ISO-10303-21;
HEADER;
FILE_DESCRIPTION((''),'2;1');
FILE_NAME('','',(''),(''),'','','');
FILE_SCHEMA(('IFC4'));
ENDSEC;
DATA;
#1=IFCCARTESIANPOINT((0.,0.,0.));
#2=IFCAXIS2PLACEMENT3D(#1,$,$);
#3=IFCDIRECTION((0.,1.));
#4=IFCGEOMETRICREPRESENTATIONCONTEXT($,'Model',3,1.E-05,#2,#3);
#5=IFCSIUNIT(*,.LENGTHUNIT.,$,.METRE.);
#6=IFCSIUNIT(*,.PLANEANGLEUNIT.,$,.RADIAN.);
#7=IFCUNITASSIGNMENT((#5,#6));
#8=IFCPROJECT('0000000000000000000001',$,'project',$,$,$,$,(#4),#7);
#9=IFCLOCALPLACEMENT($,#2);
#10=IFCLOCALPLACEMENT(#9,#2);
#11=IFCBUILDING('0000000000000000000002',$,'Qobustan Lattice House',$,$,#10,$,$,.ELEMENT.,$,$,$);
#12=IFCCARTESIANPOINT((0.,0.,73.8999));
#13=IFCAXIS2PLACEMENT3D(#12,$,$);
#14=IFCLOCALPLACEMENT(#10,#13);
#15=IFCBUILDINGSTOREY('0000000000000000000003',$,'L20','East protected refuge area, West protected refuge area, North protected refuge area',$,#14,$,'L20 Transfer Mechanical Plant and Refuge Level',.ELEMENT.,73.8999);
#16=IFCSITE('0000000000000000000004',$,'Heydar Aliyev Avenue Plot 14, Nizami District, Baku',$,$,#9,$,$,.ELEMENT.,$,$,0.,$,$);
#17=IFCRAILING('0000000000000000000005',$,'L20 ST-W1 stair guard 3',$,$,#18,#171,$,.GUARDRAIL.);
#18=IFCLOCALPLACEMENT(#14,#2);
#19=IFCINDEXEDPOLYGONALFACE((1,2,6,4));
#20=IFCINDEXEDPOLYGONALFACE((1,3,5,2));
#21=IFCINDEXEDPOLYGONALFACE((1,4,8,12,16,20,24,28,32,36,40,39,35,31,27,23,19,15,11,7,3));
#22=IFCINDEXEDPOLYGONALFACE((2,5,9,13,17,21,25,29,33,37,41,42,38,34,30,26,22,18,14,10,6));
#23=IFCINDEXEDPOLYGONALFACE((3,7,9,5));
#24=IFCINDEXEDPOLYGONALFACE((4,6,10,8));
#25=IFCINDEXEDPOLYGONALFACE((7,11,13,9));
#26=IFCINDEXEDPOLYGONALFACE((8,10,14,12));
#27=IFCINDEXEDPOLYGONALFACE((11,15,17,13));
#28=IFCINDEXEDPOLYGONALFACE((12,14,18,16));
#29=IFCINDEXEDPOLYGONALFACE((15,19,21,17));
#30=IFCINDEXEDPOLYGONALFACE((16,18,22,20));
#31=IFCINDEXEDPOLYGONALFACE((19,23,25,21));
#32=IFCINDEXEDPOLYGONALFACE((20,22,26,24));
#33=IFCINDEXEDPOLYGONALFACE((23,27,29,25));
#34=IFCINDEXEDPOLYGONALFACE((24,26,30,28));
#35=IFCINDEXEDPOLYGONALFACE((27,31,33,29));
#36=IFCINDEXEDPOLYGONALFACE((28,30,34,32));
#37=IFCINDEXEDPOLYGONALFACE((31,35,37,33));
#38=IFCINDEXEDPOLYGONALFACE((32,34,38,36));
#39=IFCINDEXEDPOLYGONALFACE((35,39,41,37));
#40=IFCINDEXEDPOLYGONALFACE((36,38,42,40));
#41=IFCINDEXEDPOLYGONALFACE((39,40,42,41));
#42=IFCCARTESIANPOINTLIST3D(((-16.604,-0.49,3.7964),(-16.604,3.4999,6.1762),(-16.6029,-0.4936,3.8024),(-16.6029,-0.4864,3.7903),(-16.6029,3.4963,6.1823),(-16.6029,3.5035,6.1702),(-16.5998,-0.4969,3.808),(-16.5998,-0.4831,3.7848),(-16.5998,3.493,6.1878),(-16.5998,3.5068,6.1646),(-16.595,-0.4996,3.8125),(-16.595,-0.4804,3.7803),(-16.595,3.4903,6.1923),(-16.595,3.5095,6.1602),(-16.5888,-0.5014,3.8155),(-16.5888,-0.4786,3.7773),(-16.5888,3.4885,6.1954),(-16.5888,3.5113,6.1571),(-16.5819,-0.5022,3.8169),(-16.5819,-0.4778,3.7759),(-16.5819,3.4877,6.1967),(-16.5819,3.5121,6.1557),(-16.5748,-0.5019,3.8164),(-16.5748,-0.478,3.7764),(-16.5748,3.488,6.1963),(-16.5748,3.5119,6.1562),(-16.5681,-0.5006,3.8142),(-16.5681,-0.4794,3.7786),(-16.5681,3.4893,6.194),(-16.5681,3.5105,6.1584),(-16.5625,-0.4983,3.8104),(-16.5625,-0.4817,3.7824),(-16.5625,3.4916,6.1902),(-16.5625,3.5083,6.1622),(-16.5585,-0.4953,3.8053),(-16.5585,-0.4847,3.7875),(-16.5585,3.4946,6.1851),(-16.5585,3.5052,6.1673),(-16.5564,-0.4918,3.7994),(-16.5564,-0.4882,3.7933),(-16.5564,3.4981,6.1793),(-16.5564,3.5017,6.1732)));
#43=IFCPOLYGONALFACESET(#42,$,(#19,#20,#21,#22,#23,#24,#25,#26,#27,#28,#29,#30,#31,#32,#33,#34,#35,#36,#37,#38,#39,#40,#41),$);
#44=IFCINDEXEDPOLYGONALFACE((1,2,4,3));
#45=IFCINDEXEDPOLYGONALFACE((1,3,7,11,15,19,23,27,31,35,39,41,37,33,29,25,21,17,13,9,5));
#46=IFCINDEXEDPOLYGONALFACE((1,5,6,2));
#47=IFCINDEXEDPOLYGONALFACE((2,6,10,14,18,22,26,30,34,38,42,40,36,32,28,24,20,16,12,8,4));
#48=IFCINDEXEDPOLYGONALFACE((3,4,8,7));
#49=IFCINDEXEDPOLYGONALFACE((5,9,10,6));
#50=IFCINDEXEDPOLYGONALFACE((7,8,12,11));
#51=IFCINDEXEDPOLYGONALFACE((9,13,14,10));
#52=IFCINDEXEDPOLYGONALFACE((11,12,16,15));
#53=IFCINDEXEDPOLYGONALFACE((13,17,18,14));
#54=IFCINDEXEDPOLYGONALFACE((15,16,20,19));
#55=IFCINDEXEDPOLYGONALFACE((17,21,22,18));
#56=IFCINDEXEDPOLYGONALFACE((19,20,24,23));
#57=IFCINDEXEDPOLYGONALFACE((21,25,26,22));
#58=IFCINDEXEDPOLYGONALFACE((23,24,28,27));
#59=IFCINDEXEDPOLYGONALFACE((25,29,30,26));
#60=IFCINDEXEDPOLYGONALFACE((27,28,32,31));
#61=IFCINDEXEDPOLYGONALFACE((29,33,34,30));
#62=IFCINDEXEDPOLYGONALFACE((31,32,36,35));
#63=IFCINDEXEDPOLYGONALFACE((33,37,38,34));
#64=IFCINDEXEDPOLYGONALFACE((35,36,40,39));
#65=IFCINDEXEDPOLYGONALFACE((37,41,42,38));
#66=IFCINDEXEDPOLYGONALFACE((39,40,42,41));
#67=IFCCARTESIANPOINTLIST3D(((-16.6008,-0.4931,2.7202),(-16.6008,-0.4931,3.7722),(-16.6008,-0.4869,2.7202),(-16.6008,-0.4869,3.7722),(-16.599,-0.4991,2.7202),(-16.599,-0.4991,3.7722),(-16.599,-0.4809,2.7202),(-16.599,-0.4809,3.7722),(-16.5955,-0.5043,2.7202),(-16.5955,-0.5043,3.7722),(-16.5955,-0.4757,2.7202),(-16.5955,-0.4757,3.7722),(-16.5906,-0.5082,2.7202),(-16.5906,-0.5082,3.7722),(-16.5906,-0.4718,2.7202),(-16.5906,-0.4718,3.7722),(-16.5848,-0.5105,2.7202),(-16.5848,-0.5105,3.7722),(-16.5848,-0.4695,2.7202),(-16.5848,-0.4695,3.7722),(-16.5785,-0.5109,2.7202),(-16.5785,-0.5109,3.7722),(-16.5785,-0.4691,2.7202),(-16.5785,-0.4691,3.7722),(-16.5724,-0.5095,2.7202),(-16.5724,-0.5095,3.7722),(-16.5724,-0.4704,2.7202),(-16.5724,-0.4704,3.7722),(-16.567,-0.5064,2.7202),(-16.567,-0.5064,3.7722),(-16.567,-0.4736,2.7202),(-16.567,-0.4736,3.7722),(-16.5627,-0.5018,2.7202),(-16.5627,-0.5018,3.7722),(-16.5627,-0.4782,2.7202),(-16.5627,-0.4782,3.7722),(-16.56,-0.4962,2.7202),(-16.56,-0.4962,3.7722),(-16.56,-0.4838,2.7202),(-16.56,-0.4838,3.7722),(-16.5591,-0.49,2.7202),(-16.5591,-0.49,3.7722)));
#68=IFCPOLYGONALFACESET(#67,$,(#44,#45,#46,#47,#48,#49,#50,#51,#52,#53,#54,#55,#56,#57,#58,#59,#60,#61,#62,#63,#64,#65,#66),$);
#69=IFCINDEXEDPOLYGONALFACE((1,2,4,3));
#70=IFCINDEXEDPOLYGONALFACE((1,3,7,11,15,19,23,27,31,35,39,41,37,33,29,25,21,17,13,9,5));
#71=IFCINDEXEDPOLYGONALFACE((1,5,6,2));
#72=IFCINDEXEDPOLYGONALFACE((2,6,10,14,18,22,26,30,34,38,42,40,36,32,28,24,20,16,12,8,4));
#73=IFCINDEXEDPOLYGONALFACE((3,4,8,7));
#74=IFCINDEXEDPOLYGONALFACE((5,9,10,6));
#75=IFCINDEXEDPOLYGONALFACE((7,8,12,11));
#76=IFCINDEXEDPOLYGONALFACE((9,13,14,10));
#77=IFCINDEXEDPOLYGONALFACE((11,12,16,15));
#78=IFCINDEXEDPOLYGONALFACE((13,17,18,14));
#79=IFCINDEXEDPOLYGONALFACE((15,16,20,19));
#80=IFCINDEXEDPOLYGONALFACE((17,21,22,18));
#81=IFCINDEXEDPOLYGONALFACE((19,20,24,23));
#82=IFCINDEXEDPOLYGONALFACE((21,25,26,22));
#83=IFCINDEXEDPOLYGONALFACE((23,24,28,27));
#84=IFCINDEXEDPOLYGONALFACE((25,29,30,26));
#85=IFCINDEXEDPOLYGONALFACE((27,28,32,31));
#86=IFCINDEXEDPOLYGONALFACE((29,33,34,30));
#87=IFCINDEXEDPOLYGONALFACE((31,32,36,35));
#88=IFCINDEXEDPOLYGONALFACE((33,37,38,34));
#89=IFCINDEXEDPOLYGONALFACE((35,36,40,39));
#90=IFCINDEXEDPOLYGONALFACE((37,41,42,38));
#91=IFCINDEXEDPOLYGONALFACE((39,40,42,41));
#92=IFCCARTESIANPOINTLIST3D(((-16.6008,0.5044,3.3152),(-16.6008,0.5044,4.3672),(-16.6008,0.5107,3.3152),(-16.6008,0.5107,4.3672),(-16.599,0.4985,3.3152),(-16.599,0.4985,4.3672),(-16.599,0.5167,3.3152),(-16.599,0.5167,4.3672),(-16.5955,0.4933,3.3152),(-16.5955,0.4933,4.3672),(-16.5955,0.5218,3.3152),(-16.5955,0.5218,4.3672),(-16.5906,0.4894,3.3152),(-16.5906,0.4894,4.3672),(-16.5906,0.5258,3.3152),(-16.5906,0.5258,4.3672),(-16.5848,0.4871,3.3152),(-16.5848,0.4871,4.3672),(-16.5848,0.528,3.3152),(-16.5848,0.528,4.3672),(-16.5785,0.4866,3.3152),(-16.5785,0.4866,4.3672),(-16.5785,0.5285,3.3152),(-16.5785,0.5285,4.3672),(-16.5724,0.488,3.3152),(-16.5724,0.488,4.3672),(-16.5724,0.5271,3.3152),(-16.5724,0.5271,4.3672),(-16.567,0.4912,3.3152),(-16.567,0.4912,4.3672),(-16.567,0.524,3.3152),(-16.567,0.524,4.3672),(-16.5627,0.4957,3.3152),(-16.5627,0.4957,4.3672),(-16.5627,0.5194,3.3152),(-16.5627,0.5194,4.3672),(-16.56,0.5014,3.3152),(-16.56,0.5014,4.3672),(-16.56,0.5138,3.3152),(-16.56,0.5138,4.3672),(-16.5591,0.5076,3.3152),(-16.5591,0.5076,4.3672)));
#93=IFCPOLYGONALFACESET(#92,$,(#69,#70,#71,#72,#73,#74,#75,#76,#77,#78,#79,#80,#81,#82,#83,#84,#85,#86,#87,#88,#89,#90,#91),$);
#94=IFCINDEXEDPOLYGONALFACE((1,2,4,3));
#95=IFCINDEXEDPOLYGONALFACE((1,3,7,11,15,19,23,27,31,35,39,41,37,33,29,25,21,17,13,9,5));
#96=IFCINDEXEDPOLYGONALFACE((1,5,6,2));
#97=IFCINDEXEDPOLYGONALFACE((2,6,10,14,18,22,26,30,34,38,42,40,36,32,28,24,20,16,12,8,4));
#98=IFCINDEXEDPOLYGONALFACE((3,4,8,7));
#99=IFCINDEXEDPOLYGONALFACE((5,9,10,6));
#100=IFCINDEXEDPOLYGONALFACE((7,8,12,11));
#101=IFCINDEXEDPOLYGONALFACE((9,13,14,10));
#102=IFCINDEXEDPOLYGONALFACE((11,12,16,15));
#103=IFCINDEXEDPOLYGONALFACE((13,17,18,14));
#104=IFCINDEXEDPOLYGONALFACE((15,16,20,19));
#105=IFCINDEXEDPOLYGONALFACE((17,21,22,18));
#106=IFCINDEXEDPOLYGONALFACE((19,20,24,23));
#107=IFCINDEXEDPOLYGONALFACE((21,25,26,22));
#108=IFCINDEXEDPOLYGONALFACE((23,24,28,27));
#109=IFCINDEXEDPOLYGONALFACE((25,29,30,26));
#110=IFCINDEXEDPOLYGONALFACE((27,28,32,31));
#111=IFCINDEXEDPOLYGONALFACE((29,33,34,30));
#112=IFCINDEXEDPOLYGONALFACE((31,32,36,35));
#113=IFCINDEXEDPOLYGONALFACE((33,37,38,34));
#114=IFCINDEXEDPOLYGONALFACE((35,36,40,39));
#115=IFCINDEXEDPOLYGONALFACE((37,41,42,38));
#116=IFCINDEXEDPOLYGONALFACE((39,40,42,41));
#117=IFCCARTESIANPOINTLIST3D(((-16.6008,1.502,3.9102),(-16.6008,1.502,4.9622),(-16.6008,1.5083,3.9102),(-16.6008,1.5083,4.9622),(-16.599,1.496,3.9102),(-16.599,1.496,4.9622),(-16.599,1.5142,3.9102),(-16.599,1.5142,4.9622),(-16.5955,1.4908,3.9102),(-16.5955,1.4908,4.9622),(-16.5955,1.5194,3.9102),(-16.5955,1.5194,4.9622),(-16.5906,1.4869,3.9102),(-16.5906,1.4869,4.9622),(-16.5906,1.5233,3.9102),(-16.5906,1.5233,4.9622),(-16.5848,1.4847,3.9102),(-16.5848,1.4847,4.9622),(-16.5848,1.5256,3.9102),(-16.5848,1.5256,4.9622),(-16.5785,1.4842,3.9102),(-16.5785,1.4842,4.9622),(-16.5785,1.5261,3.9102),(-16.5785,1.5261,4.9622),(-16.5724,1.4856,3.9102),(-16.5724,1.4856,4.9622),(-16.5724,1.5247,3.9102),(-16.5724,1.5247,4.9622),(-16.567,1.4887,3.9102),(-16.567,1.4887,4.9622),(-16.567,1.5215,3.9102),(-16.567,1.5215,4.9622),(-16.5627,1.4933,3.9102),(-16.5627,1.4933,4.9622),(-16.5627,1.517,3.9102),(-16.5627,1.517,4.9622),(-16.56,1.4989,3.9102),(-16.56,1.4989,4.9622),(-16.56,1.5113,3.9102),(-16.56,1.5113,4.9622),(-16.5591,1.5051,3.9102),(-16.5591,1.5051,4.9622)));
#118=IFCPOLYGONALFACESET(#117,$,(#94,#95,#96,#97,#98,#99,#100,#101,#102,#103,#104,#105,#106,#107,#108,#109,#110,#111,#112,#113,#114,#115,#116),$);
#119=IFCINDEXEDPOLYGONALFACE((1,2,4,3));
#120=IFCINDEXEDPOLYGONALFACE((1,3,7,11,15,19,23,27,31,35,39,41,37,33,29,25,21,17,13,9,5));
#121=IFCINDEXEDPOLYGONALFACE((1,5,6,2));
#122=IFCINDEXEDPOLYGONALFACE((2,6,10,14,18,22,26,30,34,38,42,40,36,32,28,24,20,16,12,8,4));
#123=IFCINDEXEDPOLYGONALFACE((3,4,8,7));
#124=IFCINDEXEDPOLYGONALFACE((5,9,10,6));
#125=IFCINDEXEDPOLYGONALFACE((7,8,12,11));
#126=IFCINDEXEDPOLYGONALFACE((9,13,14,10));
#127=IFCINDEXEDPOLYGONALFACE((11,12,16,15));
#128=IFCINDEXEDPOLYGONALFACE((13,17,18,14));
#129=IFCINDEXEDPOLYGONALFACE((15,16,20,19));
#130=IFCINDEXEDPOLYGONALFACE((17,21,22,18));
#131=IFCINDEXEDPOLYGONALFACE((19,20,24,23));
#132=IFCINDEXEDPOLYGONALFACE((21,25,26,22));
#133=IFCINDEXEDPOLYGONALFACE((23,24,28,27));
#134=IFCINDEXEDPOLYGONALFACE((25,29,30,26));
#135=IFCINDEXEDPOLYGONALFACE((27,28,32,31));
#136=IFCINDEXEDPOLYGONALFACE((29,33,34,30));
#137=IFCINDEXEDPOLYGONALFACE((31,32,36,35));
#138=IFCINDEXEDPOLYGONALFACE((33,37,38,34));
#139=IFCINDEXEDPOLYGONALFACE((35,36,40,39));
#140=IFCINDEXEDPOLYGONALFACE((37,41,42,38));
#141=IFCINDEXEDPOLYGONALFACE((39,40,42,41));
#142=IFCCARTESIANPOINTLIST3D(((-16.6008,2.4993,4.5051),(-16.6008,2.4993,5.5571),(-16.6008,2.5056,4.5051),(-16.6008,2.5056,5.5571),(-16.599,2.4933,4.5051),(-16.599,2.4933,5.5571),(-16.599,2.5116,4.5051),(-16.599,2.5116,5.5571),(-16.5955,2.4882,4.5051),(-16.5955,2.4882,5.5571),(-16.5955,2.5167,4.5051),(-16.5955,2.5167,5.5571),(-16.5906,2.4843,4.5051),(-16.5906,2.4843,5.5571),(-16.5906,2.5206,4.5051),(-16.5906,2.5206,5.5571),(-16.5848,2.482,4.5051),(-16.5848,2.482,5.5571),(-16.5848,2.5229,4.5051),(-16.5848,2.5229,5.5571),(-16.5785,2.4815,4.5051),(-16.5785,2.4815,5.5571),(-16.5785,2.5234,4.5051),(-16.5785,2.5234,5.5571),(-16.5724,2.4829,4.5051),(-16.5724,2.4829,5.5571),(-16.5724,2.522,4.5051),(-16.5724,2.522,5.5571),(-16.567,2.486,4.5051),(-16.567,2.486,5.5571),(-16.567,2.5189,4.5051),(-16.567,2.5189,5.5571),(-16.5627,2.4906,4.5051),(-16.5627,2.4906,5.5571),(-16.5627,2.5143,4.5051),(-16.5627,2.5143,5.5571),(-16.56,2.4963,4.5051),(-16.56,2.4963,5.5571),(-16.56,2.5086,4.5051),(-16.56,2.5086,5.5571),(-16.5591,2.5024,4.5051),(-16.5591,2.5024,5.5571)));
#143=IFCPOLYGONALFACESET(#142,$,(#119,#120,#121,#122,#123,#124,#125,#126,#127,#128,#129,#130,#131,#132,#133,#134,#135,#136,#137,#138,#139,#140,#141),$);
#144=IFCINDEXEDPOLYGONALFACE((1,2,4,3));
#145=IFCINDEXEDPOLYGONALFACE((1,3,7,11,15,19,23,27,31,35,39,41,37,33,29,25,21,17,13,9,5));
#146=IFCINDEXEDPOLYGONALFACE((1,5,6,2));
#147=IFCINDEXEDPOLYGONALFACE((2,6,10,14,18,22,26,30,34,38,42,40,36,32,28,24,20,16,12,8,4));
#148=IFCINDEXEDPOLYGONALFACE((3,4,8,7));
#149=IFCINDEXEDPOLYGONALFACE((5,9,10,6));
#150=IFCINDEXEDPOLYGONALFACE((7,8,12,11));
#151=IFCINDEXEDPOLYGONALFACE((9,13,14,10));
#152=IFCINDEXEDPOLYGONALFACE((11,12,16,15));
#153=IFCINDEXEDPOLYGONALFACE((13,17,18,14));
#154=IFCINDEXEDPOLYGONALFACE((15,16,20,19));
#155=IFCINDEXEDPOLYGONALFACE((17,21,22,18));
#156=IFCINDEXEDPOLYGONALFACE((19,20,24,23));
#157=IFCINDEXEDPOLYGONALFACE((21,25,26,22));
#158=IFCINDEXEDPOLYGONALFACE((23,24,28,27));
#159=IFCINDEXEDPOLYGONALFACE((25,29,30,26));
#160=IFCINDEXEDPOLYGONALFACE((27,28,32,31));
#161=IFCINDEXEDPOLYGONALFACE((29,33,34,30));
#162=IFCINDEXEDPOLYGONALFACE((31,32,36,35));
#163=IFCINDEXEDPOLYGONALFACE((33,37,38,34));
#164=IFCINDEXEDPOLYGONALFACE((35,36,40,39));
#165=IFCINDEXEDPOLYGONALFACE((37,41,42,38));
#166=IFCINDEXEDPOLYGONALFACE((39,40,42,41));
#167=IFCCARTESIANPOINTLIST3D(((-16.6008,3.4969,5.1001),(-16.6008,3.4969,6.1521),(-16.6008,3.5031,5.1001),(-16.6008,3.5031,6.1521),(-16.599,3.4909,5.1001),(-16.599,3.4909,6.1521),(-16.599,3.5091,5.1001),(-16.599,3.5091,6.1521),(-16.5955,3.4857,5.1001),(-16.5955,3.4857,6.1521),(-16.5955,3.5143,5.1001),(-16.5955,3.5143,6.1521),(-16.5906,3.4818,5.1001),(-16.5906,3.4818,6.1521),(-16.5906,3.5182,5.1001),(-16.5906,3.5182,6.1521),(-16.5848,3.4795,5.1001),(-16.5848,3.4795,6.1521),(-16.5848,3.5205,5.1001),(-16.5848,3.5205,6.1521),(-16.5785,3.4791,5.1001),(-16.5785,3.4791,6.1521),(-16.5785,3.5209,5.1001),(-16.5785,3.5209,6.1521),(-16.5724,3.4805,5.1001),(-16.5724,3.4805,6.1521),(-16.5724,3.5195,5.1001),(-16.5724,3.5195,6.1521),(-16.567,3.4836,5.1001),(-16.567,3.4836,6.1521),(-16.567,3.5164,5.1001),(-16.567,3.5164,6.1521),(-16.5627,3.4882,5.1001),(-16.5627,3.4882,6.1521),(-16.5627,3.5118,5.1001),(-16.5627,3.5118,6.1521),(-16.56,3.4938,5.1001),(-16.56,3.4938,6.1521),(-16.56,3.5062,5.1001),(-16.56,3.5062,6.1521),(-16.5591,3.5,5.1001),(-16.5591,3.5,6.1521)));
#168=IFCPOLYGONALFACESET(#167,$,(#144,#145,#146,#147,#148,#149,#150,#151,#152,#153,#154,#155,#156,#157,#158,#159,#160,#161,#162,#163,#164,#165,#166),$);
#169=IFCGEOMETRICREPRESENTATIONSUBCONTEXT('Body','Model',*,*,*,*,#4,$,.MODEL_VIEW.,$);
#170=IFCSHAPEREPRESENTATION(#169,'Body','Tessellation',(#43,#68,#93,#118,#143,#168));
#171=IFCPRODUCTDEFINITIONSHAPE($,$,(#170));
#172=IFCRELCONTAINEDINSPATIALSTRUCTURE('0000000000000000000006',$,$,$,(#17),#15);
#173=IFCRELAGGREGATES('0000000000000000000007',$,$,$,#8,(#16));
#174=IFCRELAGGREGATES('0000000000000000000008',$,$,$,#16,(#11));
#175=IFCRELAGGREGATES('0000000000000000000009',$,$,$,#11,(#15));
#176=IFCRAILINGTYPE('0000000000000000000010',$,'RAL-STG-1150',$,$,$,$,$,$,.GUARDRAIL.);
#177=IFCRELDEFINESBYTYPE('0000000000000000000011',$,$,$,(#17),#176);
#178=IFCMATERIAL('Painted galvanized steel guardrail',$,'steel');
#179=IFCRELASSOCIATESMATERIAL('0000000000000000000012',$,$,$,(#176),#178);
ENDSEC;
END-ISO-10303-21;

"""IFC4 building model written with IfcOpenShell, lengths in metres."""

from ifc_helpers import new_model, si_unit, direction, frame, origin, origin_2d, place, context, subcontext, project, spatial, circle, extrude, material, type_object, element, save


model = new_model("IFC4")

# Units and contexts
model_context = context("Model", 3, precision=1e-05, world=origin(), true_north=direction((0.0, 1.0)))
body_context = subcontext(model_context, "Body", "Model", "MODEL_VIEW")
ifc_project = project(units=[si_unit("LENGTHUNIT", "METRE"), si_unit("PLANEANGLEUNIT", "RADIAN")], contexts=[model_context])

# Site, building, storey
site_placement = place(None, origin())
site = spatial("IfcSite", under=ifc_project, at=site_placement, Name="Heydar Aliyev Avenue Plot 14, Nizami District, Baku", CompositionType="ELEMENT", RefElevation=0.0)
building_placement = place(site_placement, origin())
building = spatial("IfcBuilding", under=site, at=building_placement, Name="Qobustan Lattice House", CompositionType="ELEMENT")
storey_placement = place(building_placement, frame((0.0, 0.0, 73.8999)))
storey = spatial("IfcBuildingStorey", under=building, at=storey_placement, Name="L20", Description="East protected refuge area, West protected refuge area, North protected refuge area", LongName="L20 Transfer Mechanical Plant and Refuge Level", CompositionType="ELEMENT", Elevation=73.8999)

# Railing
ifc_material_1 = material(Name="Painted galvanized steel guardrail", Category="steel")
railing_type_1 = type_object("IfcRailingType", Name="RAL-STG-1150", PredefinedType="GUARDRAIL", material=ifc_material_1)
railing_1_placement = place(storey_placement, frame((-16.5801, -0.49, 2.7202)))
element("IfcRailing", 1, at=railing_1_placement, inside=storey, type_object=railing_type_1, Name="L20 ST-W1 stair guard 3", PredefinedType="GUARDRAIL", context=body_context, shape_type="SweptSolid", body=[
    extrude(circle(Radius=0.0239, at=origin_2d()), frame((0.0, 0.0, 1.0762), z_axis=(0.0, 0.85883, 0.512261), x_axis=(-1.0, 0.0, 0.0)), (0.0, 0.0, 1.0), 4.6458),
    extrude(circle(Radius=0.021, at=origin_2d()), origin(), (0.0, 0.0, 1.0), 1.052),
    extrude(circle(Radius=0.021, at=origin_2d()), frame((0.0, 0.9976, 0.595)), (0.0, 0.0, 1.0), 1.052),
    extrude(circle(Radius=0.021, at=origin_2d()), frame((0.0, 1.9951, 1.1899)), (0.0, 0.0, 1.0), 1.052),
    extrude(circle(Radius=0.021, at=origin_2d()), frame((0.0, 2.9924, 1.7849)), (0.0, 0.0, 1.0), 1.052),
    extrude(circle(Radius=0.021, at=origin_2d()), frame((0.0, 3.99, 2.3799)), (0.0, 0.0, 1.0), 1.052),
])

save(model, "model.ifc")
